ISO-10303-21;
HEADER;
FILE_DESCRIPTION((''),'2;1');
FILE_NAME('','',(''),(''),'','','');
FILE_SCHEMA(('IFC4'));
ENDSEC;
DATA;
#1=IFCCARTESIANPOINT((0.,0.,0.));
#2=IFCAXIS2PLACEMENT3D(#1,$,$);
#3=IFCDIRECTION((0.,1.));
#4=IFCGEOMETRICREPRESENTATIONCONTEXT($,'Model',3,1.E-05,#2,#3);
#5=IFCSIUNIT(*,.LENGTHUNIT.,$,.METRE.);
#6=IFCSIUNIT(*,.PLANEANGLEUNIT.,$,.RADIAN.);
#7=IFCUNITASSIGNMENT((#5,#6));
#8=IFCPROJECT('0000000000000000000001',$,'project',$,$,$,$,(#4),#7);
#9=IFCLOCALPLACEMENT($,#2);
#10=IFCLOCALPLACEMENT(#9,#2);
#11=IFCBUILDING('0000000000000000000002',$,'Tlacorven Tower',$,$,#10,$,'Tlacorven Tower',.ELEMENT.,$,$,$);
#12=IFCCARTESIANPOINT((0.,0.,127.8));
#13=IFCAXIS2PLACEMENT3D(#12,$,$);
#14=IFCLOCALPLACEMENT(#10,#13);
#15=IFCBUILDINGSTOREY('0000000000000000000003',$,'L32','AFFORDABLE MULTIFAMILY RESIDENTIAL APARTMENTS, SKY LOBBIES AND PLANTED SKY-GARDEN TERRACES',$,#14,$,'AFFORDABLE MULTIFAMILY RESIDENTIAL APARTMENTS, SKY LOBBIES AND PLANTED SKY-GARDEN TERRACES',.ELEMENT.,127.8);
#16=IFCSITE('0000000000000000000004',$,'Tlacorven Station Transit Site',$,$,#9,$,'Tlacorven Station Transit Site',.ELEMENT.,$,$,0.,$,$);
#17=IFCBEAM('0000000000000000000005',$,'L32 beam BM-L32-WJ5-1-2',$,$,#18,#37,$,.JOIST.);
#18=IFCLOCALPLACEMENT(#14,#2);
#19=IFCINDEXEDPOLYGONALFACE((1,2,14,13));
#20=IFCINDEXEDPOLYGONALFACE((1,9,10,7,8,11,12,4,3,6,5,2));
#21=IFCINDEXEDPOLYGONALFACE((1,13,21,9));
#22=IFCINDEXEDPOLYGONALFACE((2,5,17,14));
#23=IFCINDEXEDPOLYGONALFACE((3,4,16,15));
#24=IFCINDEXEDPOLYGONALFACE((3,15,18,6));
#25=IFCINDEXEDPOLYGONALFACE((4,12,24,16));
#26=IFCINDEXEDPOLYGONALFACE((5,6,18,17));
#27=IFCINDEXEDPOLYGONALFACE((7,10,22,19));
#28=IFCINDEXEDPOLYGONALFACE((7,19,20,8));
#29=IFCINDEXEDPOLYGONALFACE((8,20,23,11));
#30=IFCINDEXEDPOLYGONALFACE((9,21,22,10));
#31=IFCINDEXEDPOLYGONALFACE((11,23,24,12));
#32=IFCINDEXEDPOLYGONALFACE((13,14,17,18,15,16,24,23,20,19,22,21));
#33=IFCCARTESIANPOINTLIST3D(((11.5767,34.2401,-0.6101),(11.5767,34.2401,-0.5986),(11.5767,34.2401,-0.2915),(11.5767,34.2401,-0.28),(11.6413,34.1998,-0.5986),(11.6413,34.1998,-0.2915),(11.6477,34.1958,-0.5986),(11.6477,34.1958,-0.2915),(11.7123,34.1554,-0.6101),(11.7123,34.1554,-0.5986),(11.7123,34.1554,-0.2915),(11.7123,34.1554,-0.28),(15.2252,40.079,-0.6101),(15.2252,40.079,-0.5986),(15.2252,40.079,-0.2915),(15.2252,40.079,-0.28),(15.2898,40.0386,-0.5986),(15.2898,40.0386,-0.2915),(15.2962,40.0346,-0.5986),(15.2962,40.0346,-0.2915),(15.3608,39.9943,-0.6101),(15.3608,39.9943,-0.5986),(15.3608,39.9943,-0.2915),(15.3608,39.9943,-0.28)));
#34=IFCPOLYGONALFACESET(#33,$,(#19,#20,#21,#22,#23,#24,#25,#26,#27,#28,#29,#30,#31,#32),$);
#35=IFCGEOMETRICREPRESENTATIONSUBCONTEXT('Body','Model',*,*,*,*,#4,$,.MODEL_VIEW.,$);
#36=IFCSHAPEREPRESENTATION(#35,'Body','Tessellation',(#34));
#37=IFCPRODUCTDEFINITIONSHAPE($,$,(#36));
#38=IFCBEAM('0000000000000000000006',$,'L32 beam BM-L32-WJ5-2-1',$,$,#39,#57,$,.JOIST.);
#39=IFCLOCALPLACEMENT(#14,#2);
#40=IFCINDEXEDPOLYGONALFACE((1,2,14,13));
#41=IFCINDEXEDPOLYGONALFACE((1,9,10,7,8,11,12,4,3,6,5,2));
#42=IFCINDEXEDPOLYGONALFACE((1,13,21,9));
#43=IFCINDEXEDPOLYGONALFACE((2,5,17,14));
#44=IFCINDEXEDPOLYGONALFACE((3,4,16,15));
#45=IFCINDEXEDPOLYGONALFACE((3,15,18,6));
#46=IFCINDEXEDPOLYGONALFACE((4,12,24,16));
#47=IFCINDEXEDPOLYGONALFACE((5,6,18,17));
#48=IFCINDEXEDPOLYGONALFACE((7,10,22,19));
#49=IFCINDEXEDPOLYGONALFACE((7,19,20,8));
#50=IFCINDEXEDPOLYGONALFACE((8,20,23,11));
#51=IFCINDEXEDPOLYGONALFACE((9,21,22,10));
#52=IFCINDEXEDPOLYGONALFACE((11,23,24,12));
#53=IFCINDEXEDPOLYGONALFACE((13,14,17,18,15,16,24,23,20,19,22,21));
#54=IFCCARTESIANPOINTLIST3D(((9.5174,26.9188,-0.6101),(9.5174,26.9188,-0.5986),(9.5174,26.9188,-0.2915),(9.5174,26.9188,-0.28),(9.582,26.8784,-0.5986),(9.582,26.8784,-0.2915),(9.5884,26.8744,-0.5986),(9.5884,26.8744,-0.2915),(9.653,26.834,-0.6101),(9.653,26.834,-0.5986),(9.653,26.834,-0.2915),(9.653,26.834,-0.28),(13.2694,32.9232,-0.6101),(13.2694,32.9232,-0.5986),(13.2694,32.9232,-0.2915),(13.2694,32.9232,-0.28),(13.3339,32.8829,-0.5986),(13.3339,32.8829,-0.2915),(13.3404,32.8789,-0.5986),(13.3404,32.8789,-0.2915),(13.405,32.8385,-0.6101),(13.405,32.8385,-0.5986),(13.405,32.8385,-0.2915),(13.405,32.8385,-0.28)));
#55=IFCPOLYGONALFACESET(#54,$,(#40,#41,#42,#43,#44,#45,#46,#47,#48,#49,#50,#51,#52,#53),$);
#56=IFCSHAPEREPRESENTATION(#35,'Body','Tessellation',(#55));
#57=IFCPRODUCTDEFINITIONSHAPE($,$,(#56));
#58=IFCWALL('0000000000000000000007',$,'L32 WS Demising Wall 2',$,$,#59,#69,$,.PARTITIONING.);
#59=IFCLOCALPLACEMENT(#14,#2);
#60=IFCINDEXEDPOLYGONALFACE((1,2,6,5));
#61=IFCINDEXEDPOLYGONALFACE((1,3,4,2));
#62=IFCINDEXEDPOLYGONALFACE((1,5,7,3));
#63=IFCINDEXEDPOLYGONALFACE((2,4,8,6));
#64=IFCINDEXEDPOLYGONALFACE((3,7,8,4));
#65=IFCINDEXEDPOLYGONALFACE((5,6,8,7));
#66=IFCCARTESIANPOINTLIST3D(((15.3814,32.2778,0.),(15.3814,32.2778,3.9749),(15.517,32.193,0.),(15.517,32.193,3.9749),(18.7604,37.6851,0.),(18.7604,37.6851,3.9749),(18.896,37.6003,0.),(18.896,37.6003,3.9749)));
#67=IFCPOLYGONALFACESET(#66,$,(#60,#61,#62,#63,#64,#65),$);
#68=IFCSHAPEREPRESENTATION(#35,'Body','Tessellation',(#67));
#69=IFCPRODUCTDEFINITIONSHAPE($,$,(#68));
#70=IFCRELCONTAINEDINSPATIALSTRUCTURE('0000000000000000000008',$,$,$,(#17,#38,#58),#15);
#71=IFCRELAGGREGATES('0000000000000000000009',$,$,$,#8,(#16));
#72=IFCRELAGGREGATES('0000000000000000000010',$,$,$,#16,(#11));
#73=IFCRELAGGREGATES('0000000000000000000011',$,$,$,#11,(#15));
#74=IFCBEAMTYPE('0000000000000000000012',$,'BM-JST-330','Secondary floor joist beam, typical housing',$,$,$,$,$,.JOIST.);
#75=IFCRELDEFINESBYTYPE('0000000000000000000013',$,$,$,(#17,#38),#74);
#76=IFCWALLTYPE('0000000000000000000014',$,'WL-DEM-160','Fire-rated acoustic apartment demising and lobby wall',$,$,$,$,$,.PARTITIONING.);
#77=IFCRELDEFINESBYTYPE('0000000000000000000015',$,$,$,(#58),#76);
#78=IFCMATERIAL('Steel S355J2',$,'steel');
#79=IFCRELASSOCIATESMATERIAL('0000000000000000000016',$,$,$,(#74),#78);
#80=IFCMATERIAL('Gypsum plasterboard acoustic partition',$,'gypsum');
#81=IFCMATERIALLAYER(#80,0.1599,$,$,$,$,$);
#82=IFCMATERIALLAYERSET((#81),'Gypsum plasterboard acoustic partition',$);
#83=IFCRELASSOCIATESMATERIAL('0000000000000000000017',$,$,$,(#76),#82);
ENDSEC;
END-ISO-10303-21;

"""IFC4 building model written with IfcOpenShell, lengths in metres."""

from ifc_helpers import new_model, si_unit, direction, frame, frame_2d, origin, origin_2d, place, context, subcontext, project, spatial, rectangle, i_section, extrude, source, transform, mapped, material, layer, layer_set, material_profile, profile_set, type_object, element, save


model = new_model("IFC4")

# Units and contexts
model_context = context("Model", 3, precision=1e-05, world=origin(), true_north=direction((0.0, 1.0)))
body_context = subcontext(model_context, "Body", "Model", "MODEL_VIEW")
ifc_project = project(units=[si_unit("LENGTHUNIT", "METRE"), si_unit("PLANEANGLEUNIT", "RADIAN")], contexts=[model_context])

# Site, building, storey
site_placement = place(None, origin())
site = spatial("IfcSite", under=ifc_project, at=site_placement, Name="Tlacorven Station Transit Site", LongName="Tlacorven Station Transit Site", CompositionType="ELEMENT", RefElevation=0.0)
building_placement = place(site_placement, origin())
building = spatial("IfcBuilding", under=site, at=building_placement, Name="Tlacorven Tower", LongName="Tlacorven Tower", CompositionType="ELEMENT")
storey_placement = place(building_placement, frame((0.0, 0.0, 127.8)))
storey = spatial("IfcBuildingStorey", under=building, at=storey_placement, Name="L32", Description="AFFORDABLE MULTIFAMILY RESIDENTIAL APARTMENTS, SKY LOBBIES AND PLANTED SKY-GARDEN TERRACES", LongName="AFFORDABLE MULTIFAMILY RESIDENTIAL APARTMENTS, SKY LOBBIES AND PLANTED SKY-GARDEN TERRACES", CompositionType="ELEMENT", Elevation=127.8)

# Beams
ifc_material_1 = material(Name="Steel S355J2", Category="steel")
ifc_material_profile_1 = material_profile(ifc_material_1, i_section(OverallWidth=0.1599, OverallDepth=0.3301, WebThickness=0.0076, FlangeThickness=0.0115, at=origin_2d()), Name="IPE 330")
ifc_profile_set_1 = profile_set([ifc_material_profile_1], Name="Steel S355J2")
beam_type_1 = type_object("IfcBeamType", Name="BM-JST-330", Description="Secondary floor joist beam, typical housing", PredefinedType="JOIST", material=ifc_profile_set_1)
shared_shape_1 = source(origin(), body_context, "Body", "SweptSolid", [
    extrude(i_section(OverallWidth=0.1599, OverallDepth=0.3301, WebThickness=0.0076, FlangeThickness=0.0115, at=origin_2d()), origin(), (0.0, 0.0, 1.0), 6.885),
])
for number, where, z_axis, x_axis, name in (
    (1, (15.293, 40.0366, -0.4451), (-0.52991, -0.848054, 0.0), (0.848054, -0.52991, 0.0), "L32 beam BM-L32-WJ5-1-2"),
):
    element("IfcBeam", number, at=place(storey_placement, frame(where, z_axis=z_axis, x_axis=x_axis)), inside=storey, type_object=beam_type_1, Name=name, PredefinedType="JOIST", context=body_context, shape_type="MappedRepresentation", body=[
        mapped(shared_shape_1, transform((0.0, 0.0, 0.0), scale=1.0)),
    ])
shared_shape_2 = source(origin(), body_context, "Body", "SweptSolid", [
    extrude(i_section(OverallWidth=0.1599, OverallDepth=0.3301, WebThickness=0.0076, FlangeThickness=0.0115, at=origin_2d()), origin(), (0.0, 0.0, 1.0), 7.0803),
])
beam_1_placement = place(storey_placement, frame((13.3372, 32.8809, -0.4451), z_axis=(-0.529918, -0.848049, 0.0), x_axis=(0.848049, -0.529918, 0.0)))
element("IfcBeam", 2, at=beam_1_placement, inside=storey, type_object=beam_type_1, Name="L32 beam BM-L32-WJ5-2-1", PredefinedType="JOIST", context=body_context, shape_type="MappedRepresentation", body=[
    mapped(shared_shape_2, transform((0.0, 0.0, 0.0), scale=1.0)),
])

# Wall
ifc_material_2 = material(Name="Gypsum plasterboard acoustic partition", Category="gypsum")
ifc_layer_1 = layer(ifc_material_2, 0.1599)
ifc_layer_set_1 = layer_set([ifc_layer_1], Name="Gypsum plasterboard acoustic partition")
wall_type_1 = type_object("IfcWallType", Name="WL-DEM-160", Description="Fire-rated acoustic apartment demising and lobby wall", PredefinedType="PARTITIONING", material=ifc_layer_set_1)
wall_1_placement = place(storey_placement, frame((18.8281, 37.6426, 0.0), z_axis=(0.0, 0.0, 1.0), x_axis=(-0.52993, -0.848041, 0.0)))
element("IfcWall", 3, at=wall_1_placement, inside=storey, type_object=wall_type_1, Name="L32 WS Demising Wall 2", PredefinedType="PARTITIONING", context=body_context, shape_type="SweptSolid", body=[
    extrude(rectangle(XDim=6.3762, YDim=0.1599, at=frame_2d((3.188, 0.0))), origin(), (0.0, 0.0, 1.0), 3.9749),
])

save(model, "model.ifc")
